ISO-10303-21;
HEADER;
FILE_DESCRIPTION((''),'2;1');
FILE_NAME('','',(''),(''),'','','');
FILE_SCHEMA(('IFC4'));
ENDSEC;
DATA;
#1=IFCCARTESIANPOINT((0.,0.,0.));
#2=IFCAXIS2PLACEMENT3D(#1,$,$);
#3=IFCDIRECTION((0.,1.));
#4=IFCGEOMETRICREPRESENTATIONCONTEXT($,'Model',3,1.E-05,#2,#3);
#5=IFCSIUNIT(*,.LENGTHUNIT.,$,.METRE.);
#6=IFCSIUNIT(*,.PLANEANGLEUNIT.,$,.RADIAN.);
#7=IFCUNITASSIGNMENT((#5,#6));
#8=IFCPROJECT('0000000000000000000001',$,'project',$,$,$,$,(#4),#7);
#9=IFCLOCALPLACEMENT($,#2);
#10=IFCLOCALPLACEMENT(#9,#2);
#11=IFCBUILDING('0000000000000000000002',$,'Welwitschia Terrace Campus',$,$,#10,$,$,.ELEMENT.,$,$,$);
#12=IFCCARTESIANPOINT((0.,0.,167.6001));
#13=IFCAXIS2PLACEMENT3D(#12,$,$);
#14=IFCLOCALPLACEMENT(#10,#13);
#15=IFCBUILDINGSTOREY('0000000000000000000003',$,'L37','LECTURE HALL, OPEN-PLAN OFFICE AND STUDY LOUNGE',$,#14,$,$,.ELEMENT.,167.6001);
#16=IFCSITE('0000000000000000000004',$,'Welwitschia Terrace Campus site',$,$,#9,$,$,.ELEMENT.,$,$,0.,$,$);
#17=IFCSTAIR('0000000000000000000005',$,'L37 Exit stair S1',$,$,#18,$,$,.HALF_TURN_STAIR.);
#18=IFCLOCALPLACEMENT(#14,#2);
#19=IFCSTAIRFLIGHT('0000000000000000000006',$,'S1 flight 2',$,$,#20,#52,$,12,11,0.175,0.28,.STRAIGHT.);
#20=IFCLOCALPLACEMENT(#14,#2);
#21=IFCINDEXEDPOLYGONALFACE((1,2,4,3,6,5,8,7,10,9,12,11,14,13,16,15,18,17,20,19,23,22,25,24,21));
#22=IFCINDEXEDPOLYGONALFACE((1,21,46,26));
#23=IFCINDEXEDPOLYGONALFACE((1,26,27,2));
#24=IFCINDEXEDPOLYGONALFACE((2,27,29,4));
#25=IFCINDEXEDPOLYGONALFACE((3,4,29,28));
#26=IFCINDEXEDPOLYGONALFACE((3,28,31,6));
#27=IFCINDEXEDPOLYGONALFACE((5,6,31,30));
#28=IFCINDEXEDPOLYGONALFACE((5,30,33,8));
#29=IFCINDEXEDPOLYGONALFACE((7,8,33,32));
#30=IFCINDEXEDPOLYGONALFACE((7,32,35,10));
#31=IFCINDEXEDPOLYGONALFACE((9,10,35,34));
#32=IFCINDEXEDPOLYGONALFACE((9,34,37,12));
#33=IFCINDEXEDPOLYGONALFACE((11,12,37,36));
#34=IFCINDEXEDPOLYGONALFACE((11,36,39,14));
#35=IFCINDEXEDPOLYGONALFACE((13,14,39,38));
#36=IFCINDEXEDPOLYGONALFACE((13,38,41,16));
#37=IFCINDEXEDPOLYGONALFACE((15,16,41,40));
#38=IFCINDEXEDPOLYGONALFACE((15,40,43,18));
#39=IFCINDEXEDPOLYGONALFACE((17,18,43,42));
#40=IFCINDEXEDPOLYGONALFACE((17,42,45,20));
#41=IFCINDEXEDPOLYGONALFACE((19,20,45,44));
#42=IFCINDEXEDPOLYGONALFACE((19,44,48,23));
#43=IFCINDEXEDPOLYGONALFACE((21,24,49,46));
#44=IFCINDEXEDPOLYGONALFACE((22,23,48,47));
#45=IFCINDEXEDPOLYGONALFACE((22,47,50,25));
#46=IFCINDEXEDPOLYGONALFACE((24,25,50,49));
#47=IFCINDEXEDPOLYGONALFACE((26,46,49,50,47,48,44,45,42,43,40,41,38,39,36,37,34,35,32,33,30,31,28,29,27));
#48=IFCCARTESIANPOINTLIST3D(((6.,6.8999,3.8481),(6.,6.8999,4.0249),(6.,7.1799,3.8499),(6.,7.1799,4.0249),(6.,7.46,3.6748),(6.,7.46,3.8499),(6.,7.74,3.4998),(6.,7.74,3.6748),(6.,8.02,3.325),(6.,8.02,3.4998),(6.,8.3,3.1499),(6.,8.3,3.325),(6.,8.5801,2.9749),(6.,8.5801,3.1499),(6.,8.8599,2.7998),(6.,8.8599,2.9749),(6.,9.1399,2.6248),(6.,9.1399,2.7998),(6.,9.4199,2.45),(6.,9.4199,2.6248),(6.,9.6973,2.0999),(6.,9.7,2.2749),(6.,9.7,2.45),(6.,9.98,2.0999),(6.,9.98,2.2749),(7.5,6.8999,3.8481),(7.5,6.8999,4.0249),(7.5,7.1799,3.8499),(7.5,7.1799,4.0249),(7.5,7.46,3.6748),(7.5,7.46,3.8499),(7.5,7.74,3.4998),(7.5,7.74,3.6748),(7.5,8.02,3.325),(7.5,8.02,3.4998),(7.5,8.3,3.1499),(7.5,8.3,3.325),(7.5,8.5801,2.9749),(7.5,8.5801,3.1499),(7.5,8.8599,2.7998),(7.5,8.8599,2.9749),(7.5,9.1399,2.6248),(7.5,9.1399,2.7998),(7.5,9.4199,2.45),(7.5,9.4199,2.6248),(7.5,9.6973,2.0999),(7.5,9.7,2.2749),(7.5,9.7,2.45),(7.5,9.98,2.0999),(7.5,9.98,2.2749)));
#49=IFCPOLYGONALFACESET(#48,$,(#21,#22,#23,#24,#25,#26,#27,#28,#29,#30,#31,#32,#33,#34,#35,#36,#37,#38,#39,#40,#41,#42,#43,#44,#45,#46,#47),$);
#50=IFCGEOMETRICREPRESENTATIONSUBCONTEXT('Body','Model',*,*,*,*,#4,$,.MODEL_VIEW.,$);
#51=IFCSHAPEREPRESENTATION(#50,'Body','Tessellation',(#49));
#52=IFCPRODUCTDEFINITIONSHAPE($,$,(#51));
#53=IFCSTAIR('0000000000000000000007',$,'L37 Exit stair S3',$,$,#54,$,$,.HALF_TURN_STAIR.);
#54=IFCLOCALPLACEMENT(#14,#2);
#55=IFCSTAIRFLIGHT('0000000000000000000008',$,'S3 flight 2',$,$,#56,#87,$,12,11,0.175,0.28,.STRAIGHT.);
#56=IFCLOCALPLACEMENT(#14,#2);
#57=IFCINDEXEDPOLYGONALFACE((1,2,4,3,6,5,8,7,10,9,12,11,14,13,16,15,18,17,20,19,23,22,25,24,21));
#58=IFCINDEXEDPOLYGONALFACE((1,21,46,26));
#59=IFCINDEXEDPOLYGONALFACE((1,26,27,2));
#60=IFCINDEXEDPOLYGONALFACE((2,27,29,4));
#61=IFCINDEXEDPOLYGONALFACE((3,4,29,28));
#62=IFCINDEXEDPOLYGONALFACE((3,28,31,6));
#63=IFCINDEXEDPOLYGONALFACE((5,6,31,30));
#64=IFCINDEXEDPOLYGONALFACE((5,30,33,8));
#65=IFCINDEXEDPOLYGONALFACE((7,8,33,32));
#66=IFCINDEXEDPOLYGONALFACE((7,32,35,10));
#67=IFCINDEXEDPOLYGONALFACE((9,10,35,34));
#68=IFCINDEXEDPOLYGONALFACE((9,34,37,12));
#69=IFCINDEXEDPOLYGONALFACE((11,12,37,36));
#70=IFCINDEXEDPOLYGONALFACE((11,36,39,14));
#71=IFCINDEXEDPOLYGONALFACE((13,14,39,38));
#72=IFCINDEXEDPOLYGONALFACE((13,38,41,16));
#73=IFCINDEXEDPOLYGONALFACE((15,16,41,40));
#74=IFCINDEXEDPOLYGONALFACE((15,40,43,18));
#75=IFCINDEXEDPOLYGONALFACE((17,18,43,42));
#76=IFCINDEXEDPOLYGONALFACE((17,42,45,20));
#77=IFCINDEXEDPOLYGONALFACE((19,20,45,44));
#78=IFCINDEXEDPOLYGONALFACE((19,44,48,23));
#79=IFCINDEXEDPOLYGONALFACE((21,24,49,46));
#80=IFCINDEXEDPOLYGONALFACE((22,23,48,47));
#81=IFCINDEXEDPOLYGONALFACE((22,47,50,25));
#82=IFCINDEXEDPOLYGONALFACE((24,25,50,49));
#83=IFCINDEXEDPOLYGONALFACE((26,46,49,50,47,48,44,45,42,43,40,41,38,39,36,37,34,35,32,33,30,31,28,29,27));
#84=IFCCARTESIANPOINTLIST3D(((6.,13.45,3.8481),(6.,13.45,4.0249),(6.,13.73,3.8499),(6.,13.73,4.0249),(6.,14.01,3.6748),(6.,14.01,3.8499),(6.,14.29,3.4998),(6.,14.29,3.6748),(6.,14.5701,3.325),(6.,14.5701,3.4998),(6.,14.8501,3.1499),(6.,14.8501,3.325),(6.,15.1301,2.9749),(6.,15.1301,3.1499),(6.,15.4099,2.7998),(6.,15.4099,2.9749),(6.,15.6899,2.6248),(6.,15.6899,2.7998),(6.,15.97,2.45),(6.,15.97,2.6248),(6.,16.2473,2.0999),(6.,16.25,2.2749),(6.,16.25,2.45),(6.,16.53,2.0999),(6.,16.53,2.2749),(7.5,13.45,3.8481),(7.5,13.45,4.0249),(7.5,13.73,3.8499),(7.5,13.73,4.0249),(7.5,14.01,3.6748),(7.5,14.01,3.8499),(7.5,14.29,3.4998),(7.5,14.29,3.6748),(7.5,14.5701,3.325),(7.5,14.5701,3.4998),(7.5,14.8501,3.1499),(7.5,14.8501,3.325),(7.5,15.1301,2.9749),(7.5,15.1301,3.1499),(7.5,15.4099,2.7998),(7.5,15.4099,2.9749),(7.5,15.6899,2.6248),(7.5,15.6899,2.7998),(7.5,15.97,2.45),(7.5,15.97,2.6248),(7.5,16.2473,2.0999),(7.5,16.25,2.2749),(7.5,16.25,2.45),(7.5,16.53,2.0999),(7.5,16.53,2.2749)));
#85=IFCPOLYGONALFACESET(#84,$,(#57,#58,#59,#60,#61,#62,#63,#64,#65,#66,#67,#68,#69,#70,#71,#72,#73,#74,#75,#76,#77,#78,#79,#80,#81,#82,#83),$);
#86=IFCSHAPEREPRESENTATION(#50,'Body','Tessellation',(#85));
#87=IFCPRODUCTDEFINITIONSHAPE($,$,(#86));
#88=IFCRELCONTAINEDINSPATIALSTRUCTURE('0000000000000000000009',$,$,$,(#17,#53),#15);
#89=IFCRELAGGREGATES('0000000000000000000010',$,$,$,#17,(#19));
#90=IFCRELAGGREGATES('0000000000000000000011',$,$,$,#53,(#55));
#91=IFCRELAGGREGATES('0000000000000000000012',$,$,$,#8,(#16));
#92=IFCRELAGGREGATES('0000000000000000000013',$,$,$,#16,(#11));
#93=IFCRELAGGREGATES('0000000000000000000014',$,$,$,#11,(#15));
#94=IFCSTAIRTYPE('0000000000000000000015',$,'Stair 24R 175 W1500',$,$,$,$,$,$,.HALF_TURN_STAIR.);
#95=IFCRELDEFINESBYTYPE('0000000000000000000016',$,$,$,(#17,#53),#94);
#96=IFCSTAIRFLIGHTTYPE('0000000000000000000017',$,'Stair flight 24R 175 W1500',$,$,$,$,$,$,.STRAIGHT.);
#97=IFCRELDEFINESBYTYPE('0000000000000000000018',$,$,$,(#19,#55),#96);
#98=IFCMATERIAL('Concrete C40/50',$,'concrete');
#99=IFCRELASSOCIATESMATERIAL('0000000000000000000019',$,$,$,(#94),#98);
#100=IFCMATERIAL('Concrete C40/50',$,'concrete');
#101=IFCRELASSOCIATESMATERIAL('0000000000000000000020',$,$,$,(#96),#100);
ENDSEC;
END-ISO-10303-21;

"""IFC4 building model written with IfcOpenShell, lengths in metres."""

from ifc_helpers import new_model, si_unit, direction, frame, origin, place, context, subcontext, project, spatial, polyline, outline, extrude, material, type_object, element, aggregate, save


model = new_model("IFC4")

# Units and contexts
model_context = context("Model", 3, precision=1e-05, world=origin(), true_north=direction((0.0, 1.0)))
body_context = subcontext(model_context, "Body", "Model", "MODEL_VIEW")
ifc_project = project(units=[si_unit("LENGTHUNIT", "METRE"), si_unit("PLANEANGLEUNIT", "RADIAN")], contexts=[model_context])

# Site, building, storey
site_placement = place(None, origin())
site = spatial("IfcSite", under=ifc_project, at=site_placement, Name="Welwitschia Terrace Campus site", CompositionType="ELEMENT", RefElevation=0.0)
building_placement = place(site_placement, origin())
building = spatial("IfcBuilding", under=site, at=building_placement, Name="Welwitschia Terrace Campus", CompositionType="ELEMENT")
storey_placement = place(building_placement, frame((0.0, 0.0, 167.6001)))
storey = spatial("IfcBuildingStorey", under=building, at=storey_placement, Name="L37", Description="LECTURE HALL, OPEN-PLAN OFFICE AND STUDY LOUNGE", CompositionType="ELEMENT", Elevation=167.6001)

# Stairs, stair flights
ifc_material_1 = material(Name="Concrete C40/50", Category="concrete")
stair_type = type_object("IfcStairType", Name="Stair 24R 175 W1500", PredefinedType="HALF_TURN_STAIR", material=ifc_material_1)
stair_1_placement = place(storey_placement, origin())
stair_1 = element("IfcStair", 1, at=stair_1_placement, inside=storey, type_object=stair_type, Name="L37 Exit stair S1", PredefinedType="HALF_TURN_STAIR")
ifc_material_2 = material(Name="Concrete C40/50", Category="concrete")
stair_flight_type = type_object("IfcStairFlightType", Name="Stair flight 24R 175 W1500", PredefinedType="STRAIGHT", material=ifc_material_2)
stair_flight_1_placement = place(storey_placement, frame((6.75, 9.98, 2.0999), z_axis=(0.0, 0.0, 1.0), x_axis=(0.0, -1.0, 0.0)))
stair_flight_1 = element("IfcStairFlight", 2, at=stair_flight_1_placement, type_object=stair_flight_type, Name="S1 flight 2", NumberOfRisers=12, NumberOfTreads=11, PredefinedType="STRAIGHT", RiserHeight=0.175, TreadLength=0.28, context=body_context, shape_type="SweptSolid", body=[
    extrude(outline(polyline([(0.0, 0.0), (0.0, 0.175), (0.28, 0.175), (0.28, 0.3501), (0.5601, 0.3501), (0.5601, 0.5249), (0.8401, 0.5249), (0.8401, 0.7), (1.1201, 0.7), (1.1201, 0.875), (1.3999, 0.875), (1.3999, 1.05), (1.6799, 1.05), (1.6799, 1.2251), (1.96, 1.2251), (1.96, 1.3999), (2.24, 1.3999), (2.24, 1.575), (2.52, 1.575), (2.52, 1.75), (2.8, 1.75), (2.8, 1.925), (3.0801, 1.925), (3.0801, 2.1001), (3.0801, 1.7483), (0.2827, 0.0), (0.0, 0.0)])), frame((0.0, 0.75, 0.0), z_axis=(0.0, -1.0, 0.0), x_axis=(1.0, 0.0, 0.0)), (0.0, 0.0, 1.0), 1.5),
])
aggregate(stair_1, [stair_flight_1])
stair_2_placement = place(storey_placement, origin())
stair_2 = element("IfcStair", 3, at=stair_2_placement, inside=storey, type_object=stair_type, Name="L37 Exit stair S3", PredefinedType="HALF_TURN_STAIR")
stair_flight_2_placement = place(storey_placement, frame((6.75, 16.53, 2.0999), z_axis=(0.0, 0.0, 1.0), x_axis=(0.0, -1.0, 0.0)))
stair_flight_2 = element("IfcStairFlight", 4, at=stair_flight_2_placement, type_object=stair_flight_type, Name="S3 flight 2", NumberOfRisers=12, NumberOfTreads=11, PredefinedType="STRAIGHT", RiserHeight=0.175, TreadLength=0.28, context=body_context, shape_type="SweptSolid", body=[
    extrude(outline(polyline([(0.0, 0.0), (0.0, 0.175), (0.28, 0.175), (0.28, 0.3501), (0.5601, 0.3501), (0.5601, 0.5249), (0.8401, 0.5249), (0.8401, 0.7), (1.1201, 0.7), (1.1201, 0.875), (1.3999, 0.875), (1.3999, 1.05), (1.6799, 1.05), (1.6799, 1.2251), (1.96, 1.2251), (1.96, 1.3999), (2.24, 1.3999), (2.24, 1.575), (2.52, 1.575), (2.52, 1.75), (2.8, 1.75), (2.8, 1.925), (3.0801, 1.925), (3.0801, 2.1001), (3.0801, 1.7483), (0.2827, 0.0), (0.0, 0.0)])), frame((0.0, 0.75, 0.0), z_axis=(0.0, -1.0, 0.0), x_axis=(1.0, 0.0, 0.0)), (0.0, 0.0, 1.0), 1.5),
])
aggregate(stair_2, [stair_flight_2])

save(model, "model.ifc")
